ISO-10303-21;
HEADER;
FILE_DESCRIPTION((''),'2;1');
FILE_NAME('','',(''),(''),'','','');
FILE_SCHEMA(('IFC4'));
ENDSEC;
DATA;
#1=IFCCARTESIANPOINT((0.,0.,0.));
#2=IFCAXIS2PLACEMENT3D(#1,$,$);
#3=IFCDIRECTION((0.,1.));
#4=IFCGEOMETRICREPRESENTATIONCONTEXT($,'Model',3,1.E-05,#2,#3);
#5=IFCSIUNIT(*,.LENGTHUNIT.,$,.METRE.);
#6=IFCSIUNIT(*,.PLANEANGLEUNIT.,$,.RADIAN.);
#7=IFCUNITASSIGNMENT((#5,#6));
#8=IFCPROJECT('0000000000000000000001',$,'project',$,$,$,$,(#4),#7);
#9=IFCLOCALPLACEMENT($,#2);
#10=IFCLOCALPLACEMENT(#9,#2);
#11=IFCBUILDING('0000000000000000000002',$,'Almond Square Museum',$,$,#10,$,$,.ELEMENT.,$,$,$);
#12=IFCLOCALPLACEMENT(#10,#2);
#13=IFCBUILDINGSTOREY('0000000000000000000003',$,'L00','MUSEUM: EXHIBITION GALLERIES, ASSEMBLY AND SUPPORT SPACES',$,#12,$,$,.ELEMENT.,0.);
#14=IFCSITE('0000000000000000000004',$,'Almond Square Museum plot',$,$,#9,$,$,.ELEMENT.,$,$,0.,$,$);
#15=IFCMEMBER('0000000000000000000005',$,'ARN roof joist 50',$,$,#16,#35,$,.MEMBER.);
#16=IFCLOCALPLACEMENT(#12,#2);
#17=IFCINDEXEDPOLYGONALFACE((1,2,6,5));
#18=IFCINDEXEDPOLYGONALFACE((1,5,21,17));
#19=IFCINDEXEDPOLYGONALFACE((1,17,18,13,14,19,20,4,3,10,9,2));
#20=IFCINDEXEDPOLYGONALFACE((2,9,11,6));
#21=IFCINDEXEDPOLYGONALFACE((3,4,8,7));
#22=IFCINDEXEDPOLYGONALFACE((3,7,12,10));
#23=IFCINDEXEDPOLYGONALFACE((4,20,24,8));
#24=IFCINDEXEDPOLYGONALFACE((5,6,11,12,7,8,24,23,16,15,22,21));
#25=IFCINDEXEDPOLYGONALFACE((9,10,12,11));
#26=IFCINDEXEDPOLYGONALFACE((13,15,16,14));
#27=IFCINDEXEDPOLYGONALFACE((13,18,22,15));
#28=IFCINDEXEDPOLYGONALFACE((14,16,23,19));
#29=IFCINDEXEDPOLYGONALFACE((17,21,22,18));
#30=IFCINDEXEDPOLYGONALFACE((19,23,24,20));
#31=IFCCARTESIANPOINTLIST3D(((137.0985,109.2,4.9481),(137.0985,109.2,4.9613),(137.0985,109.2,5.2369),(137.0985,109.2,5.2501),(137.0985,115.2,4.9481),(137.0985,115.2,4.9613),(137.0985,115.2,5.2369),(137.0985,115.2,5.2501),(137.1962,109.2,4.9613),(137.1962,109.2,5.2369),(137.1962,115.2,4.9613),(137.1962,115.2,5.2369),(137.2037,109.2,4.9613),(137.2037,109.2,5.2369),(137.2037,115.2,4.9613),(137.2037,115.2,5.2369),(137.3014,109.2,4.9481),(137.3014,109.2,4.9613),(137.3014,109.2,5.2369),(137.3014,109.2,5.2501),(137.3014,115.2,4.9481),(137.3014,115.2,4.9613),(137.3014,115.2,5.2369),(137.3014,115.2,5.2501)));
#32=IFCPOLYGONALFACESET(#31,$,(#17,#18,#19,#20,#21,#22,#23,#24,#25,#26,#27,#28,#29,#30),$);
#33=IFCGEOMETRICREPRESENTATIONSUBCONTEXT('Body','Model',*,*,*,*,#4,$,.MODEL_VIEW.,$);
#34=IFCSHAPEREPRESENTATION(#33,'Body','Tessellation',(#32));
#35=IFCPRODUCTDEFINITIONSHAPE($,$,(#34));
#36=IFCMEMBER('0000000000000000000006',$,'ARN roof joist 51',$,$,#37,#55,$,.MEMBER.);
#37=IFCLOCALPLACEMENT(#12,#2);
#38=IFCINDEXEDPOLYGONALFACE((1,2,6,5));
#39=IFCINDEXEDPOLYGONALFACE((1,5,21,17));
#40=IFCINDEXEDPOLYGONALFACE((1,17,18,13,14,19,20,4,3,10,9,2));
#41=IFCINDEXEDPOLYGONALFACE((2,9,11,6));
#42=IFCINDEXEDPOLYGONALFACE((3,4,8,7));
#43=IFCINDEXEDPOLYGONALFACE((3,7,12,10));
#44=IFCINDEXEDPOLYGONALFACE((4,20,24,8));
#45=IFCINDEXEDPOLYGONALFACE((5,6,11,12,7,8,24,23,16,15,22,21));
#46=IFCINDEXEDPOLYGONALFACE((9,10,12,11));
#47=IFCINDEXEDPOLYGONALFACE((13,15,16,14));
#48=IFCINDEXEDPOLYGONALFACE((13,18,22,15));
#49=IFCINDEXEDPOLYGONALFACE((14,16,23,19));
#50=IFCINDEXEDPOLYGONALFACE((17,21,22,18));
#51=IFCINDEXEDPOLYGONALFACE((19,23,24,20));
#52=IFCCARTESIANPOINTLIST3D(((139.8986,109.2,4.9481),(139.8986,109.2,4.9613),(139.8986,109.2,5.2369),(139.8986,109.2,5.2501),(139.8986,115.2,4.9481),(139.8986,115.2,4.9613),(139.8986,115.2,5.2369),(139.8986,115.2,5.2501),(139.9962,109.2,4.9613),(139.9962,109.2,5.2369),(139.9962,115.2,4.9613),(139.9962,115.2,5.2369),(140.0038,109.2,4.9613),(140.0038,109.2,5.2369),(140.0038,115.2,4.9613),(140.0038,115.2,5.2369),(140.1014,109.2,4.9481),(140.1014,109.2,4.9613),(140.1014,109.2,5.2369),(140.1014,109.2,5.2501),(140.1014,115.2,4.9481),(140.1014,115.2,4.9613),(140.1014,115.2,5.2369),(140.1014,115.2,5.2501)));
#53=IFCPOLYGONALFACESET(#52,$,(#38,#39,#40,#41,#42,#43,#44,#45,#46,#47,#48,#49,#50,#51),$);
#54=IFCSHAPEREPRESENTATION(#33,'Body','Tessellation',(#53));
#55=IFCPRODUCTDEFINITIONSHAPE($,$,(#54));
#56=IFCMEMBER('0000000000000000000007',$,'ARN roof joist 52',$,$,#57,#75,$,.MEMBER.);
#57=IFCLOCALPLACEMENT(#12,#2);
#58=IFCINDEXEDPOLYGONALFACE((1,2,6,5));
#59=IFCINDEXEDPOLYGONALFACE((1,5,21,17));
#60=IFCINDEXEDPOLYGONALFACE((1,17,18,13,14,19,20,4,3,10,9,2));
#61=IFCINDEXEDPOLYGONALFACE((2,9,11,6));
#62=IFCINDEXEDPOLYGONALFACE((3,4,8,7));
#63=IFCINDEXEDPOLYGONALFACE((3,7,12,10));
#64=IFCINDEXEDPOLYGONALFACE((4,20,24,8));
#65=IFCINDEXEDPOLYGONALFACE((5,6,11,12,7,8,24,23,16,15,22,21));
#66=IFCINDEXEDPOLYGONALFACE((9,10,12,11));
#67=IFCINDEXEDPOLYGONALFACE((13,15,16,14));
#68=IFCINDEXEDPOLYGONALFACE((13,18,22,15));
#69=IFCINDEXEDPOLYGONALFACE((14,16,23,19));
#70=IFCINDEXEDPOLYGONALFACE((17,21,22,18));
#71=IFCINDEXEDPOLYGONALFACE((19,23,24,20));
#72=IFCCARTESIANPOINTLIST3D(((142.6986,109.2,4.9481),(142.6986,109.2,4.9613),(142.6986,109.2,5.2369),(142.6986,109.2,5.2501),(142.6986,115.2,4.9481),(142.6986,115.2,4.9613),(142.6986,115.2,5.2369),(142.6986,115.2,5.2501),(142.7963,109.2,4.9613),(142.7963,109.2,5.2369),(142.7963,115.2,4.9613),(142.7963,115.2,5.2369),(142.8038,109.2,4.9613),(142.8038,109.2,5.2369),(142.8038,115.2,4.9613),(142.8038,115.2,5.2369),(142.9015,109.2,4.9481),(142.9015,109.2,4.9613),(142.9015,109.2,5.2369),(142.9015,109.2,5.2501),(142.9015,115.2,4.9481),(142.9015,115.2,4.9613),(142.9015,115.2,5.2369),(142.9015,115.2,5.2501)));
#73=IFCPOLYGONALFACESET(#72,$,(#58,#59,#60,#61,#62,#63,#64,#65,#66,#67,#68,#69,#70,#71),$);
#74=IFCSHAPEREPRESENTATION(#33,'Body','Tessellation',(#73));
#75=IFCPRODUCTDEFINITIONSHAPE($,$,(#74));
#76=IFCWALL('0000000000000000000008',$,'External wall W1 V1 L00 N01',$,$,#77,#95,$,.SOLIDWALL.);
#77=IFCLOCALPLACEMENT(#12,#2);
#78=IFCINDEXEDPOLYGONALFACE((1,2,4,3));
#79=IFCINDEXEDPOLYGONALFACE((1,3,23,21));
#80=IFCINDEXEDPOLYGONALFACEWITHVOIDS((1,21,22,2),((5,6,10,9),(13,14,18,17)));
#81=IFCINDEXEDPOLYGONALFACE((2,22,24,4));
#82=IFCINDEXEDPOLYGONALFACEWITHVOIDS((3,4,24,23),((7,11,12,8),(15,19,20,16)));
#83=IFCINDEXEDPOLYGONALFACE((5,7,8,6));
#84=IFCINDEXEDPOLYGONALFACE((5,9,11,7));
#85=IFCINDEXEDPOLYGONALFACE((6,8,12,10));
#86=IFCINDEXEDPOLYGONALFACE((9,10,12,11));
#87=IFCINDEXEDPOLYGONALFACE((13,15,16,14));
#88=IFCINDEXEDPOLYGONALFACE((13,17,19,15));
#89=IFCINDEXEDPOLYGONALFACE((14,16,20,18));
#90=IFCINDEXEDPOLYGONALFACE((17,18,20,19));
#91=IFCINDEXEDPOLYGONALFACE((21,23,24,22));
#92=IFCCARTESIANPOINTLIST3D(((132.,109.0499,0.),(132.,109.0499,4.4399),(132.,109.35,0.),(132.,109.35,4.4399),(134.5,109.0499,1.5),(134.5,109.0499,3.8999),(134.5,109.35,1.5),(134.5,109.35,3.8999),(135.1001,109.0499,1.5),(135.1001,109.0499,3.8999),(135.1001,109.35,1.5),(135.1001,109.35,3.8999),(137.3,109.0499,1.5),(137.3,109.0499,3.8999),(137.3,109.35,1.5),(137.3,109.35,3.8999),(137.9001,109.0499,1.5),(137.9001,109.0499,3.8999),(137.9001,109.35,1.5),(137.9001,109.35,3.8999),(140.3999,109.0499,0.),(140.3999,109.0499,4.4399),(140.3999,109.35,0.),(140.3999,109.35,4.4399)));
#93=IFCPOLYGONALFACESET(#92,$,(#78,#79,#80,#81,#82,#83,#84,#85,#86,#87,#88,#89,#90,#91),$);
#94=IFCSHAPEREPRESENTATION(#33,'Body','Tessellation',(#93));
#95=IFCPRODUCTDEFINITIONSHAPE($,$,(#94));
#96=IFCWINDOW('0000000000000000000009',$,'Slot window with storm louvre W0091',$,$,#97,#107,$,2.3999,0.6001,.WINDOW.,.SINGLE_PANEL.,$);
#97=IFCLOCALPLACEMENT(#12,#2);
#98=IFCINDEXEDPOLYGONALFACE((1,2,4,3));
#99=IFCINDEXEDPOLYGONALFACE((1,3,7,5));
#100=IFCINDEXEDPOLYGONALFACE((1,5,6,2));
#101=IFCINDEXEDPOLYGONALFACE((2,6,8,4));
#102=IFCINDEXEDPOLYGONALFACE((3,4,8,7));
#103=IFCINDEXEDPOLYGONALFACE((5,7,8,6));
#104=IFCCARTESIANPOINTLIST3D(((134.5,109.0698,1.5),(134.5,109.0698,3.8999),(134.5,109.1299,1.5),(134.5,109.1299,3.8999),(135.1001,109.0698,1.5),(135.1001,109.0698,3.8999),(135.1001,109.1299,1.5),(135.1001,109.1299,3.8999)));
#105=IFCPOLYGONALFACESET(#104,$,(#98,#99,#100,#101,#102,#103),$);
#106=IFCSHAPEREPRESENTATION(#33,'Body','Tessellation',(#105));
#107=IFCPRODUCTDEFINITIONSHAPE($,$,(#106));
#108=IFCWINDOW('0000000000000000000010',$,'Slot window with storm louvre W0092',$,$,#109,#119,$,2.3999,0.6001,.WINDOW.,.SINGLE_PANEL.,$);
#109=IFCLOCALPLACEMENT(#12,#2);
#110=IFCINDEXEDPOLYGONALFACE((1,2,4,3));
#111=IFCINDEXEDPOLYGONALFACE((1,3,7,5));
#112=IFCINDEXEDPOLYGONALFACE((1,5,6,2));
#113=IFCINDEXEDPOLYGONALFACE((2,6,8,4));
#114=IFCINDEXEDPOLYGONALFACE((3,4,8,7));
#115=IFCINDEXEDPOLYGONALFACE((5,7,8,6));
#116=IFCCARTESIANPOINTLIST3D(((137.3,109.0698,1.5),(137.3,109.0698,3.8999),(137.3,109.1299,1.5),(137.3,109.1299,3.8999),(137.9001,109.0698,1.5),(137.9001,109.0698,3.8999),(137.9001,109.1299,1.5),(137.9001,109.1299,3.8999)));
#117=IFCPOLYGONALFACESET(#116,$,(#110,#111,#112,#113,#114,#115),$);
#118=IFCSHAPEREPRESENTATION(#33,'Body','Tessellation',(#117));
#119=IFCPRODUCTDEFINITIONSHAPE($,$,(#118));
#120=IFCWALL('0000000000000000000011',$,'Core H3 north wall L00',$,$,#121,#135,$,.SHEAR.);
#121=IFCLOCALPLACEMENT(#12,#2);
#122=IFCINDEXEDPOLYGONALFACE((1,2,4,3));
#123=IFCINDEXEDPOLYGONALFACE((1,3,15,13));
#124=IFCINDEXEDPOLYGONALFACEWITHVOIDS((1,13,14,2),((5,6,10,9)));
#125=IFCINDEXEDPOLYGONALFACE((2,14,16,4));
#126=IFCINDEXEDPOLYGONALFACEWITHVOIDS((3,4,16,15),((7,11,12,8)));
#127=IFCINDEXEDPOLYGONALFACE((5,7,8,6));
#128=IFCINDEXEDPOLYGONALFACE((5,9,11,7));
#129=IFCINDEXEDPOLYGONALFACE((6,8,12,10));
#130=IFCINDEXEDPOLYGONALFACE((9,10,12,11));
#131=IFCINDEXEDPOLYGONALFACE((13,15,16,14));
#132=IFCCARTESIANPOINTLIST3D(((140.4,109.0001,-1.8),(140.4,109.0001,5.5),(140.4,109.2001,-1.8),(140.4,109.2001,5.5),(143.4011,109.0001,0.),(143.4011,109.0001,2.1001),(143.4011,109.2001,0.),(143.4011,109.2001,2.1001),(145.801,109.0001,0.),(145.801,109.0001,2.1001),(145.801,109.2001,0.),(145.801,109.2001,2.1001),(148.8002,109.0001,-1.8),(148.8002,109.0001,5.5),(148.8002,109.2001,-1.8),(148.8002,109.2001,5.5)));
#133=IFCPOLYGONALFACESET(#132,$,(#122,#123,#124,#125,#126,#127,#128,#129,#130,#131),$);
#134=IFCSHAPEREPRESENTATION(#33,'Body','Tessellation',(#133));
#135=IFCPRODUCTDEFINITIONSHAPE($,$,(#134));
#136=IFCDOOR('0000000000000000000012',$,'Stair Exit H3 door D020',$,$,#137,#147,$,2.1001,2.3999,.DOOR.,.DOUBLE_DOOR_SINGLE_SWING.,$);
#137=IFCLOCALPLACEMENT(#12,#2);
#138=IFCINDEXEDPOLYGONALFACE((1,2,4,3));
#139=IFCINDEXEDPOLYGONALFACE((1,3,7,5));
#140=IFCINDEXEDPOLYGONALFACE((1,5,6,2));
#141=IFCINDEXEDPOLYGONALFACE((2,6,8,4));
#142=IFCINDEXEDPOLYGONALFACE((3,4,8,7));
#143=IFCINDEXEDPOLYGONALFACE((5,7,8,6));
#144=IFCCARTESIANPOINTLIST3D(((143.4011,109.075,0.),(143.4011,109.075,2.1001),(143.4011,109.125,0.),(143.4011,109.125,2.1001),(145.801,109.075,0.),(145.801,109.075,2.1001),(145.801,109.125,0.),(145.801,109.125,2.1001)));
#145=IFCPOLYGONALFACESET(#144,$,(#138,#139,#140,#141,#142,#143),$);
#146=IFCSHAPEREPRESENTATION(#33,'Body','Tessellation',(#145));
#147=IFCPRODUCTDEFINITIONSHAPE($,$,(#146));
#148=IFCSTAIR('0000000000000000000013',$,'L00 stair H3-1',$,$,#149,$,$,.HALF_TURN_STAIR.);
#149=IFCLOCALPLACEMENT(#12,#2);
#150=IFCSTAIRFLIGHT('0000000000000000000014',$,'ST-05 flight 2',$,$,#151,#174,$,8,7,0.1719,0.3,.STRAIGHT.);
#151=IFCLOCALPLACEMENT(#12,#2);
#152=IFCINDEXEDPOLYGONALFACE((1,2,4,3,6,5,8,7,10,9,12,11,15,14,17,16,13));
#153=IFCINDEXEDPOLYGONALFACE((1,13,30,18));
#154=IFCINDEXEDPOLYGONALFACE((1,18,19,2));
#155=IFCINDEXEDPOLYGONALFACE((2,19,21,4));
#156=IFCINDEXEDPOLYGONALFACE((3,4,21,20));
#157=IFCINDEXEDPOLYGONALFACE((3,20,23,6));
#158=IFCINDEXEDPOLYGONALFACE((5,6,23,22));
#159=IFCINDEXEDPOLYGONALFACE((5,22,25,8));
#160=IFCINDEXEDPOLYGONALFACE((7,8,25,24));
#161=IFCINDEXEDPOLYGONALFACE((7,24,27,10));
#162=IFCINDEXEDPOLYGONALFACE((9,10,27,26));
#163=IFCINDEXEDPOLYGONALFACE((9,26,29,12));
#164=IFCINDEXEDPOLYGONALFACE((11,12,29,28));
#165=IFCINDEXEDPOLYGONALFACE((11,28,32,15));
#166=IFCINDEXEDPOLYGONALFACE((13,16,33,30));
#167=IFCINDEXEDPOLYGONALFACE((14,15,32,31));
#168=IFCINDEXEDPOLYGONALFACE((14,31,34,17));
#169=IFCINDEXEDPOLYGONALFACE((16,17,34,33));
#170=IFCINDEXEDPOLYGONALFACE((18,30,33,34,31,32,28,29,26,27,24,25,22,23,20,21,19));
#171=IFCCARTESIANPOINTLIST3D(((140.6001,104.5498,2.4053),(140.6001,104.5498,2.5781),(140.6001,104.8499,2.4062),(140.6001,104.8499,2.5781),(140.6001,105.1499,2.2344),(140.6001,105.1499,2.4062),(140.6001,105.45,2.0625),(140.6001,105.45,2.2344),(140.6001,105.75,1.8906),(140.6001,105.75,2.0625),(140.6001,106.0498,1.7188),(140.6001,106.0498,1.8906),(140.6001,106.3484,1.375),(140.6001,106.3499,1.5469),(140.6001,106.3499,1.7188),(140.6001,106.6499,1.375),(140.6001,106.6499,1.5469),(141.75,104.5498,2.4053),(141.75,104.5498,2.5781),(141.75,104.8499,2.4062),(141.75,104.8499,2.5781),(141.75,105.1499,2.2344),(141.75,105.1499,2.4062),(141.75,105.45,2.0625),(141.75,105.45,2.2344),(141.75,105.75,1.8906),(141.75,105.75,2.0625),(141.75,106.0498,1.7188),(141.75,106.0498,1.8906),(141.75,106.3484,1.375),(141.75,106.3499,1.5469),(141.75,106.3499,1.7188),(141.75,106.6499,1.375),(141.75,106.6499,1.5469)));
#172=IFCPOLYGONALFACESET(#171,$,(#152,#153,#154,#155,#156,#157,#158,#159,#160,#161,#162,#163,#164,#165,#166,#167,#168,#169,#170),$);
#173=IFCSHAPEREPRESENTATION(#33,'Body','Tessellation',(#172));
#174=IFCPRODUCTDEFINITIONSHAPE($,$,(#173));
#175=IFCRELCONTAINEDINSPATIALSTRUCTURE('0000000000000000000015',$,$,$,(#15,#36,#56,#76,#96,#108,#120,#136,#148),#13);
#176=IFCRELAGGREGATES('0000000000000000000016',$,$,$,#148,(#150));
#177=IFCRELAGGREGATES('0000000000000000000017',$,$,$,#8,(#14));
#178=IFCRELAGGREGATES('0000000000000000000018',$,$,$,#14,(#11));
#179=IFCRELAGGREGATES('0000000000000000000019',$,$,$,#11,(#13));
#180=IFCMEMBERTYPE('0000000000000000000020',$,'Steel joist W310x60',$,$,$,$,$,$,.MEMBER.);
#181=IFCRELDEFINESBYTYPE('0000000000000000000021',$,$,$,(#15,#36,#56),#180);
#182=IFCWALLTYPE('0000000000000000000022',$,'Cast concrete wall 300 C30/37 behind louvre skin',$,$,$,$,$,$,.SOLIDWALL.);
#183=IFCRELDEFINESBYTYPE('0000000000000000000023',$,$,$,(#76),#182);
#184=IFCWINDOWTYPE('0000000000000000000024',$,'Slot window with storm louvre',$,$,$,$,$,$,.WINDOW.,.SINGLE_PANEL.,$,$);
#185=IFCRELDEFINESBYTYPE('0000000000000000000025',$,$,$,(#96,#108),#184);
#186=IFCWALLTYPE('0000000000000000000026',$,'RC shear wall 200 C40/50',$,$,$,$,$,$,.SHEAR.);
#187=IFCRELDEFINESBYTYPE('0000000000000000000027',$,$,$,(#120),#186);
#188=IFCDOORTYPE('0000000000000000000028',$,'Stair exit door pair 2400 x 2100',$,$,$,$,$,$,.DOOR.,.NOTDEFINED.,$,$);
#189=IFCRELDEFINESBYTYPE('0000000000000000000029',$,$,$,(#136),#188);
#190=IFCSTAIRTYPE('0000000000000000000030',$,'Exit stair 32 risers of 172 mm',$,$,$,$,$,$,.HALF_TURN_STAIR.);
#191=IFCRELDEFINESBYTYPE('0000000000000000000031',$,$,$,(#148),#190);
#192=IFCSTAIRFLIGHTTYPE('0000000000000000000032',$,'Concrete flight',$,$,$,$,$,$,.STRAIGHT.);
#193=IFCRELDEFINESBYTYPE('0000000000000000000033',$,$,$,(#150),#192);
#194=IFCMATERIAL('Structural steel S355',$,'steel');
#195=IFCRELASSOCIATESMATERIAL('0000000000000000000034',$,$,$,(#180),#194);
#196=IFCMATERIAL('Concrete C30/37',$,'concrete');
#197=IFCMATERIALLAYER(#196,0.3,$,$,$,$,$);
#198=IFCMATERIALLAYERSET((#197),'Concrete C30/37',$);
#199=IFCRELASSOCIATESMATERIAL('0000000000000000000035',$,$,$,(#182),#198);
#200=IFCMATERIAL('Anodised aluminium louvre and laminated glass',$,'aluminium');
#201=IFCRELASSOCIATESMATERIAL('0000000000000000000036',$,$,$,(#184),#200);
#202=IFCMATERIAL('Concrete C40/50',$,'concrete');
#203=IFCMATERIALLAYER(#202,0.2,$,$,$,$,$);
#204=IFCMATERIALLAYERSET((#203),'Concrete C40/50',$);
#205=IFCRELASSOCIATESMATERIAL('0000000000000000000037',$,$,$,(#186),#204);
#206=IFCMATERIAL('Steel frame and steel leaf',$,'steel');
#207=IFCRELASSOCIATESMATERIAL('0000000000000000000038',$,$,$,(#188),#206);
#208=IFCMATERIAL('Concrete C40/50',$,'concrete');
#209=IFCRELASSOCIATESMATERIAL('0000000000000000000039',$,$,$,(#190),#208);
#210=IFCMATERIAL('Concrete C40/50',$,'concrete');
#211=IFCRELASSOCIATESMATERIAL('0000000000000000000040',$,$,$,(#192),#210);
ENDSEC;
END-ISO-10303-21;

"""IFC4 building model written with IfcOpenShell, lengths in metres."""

from ifc_helpers import new_model, si_unit, direction, frame, frame_2d, origin, origin_2d, place, context, subcontext, project, spatial, polyline, rectangle, i_section, outline, extrude, material, layer, layer_set, material_profile, profile_set, type_object, element, fill, aggregate, save


model = new_model("IFC4")

# Units and contexts
model_context = context("Model", 3, precision=1e-05, world=origin(), true_north=direction((0.0, 1.0)))
body_context = subcontext(model_context, "Body", "Model", "MODEL_VIEW")
ifc_project = project(units=[si_unit("LENGTHUNIT", "METRE"), si_unit("PLANEANGLEUNIT", "RADIAN")], contexts=[model_context])

# Site, building, storey
site_placement = place(None, origin())
site = spatial("IfcSite", under=ifc_project, at=site_placement, Name="Almond Square Museum plot", CompositionType="ELEMENT", RefElevation=0.0)
building_placement = place(site_placement, origin())
building = spatial("IfcBuilding", under=site, at=building_placement, Name="Almond Square Museum", CompositionType="ELEMENT")
storey_placement = place(building_placement, origin())
storey = spatial("IfcBuildingStorey", under=building, at=storey_placement, Name="L00", Description="MUSEUM: EXHIBITION GALLERIES, ASSEMBLY AND SUPPORT SPACES", CompositionType="ELEMENT", Elevation=0.0)

# Members
ifc_material_1 = material(Name="Structural steel S355", Category="steel")
ifc_material_profile_1 = material_profile(ifc_material_1, i_section(OverallWidth=0.2029, OverallDepth=0.302, WebThickness=0.0076, FlangeThickness=0.0132, at=origin_2d()))
ifc_profile_set_1 = profile_set([ifc_material_profile_1], Name="Structural steel S355")
member_type = type_object("IfcMemberType", Name="Steel joist W310x60", PredefinedType="MEMBER", material=ifc_profile_set_1)
for number, where, z_axis, x_axis, name in (
    (1, (137.2, 109.2, 5.0991), (0.0, 1.0, 0.0), (-1.0, 0.0, 0.0), "ARN roof joist 50"),
    (2, (140.0, 109.2, 5.0991), (0.0, 1.0, 0.0), (-1.0, 0.0, 0.0), "ARN roof joist 51"),
    (3, (142.8, 109.2, 5.0991), (0.0, 1.0, 0.0), (-1.0, 0.0, 0.0), "ARN roof joist 52"),
):
    element("IfcMember", number, at=place(storey_placement, frame(where, z_axis=z_axis, x_axis=x_axis)), inside=storey, type_object=member_type, Name=name, PredefinedType="MEMBER", context=body_context, shape_type="SweptSolid", body=[
        extrude(i_section(OverallWidth=0.2029, OverallDepth=0.302, WebThickness=0.0076, FlangeThickness=0.0132, at=origin_2d()), origin(), (0.0, 0.0, 1.0), 6.0),
    ])

# Wall, openings, windows
ifc_material_2 = material(Name="Concrete C30/37", Category="concrete")
ifc_layer_1 = layer(ifc_material_2, 0.3)
ifc_layer_set_1 = layer_set([ifc_layer_1], Name="Concrete C30/37")
wall_type_1 = type_object("IfcWallType", Name="Cast concrete wall 300 C30/37 behind louvre skin", PredefinedType="SOLIDWALL", material=ifc_layer_set_1)
wall_1_placement = place(storey_placement, frame((132.0, 109.2, 0.0), z_axis=(0.0, 0.0, 1.0), x_axis=(1.0, 0.0, 0.0)))
wall_1 = element("IfcWall", 4, at=wall_1_placement, inside=storey, type_object=wall_type_1, Name="External wall W1 V1 L00 N01", PredefinedType="SOLIDWALL", context=body_context, shape_type="SweptSolid", body=[
    extrude(rectangle(XDim=8.3999, YDim=0.3, at=frame_2d((4.2, 0.0))), origin(), (0.0, 0.0, 1.0), 4.4399),
])
opening_1_placement = place(wall_1_placement, frame((2.5, 0.0, 1.5)))
opening_1 = element("IfcOpeningElement", 5, at=opening_1_placement, cuts=wall_1, PredefinedType="OPENING", context=body_context, shape_type="SweptSolid", body=[
    extrude(rectangle(XDim=0.6001, YDim=2.3999, at=frame_2d((0.3, 1.2))), frame((0.0, 0.1599, 0.0), z_axis=(0.0, -1.0, 0.0), x_axis=(1.0, 0.0, 0.0)), (0.0, 0.0, 1.0), 0.3201),
])
opening_2_placement = place(wall_1_placement, frame((5.3, 0.0, 1.5)))
opening_2 = element("IfcOpeningElement", 6, at=opening_2_placement, cuts=wall_1, PredefinedType="OPENING", context=body_context, shape_type="SweptSolid", body=[
    extrude(rectangle(XDim=0.6001, YDim=2.3999, at=frame_2d((0.3, 1.2))), frame((0.0, 0.1599, 0.0), z_axis=(0.0, -1.0, 0.0), x_axis=(1.0, 0.0, 0.0)), (0.0, 0.0, 1.0), 0.3201),
])
ifc_material_3 = material(Name="Anodised aluminium louvre and laminated glass", Category="aluminium")
window_type = type_object("IfcWindowType", Name="Slot window with storm louvre", PartitioningType="SINGLE_PANEL", PredefinedType="WINDOW", material=ifc_material_3)
window_1_placement = place(opening_1_placement, origin())
window_1 = element("IfcWindow", 7, at=window_1_placement, inside=storey, type_object=window_type, Name="Slot window with storm louvre W0091", OverallHeight=2.3999, OverallWidth=0.6001, PartitioningType="SINGLE_PANEL", PredefinedType="WINDOW", context=body_context, shape_type="SweptSolid", body=[
    extrude(rectangle(XDim=0.6001, YDim=2.3999, at=frame_2d((0.3, 1.2))), frame((0.0, -0.0701, 0.0), z_axis=(0.0, -1.0, 0.0), x_axis=(1.0, 0.0, 0.0)), (0.0, 0.0, 1.0), 0.0601),
])
fill(opening_1, window_1)
window_2_placement = place(opening_2_placement, origin())
window_2 = element("IfcWindow", 8, at=window_2_placement, inside=storey, type_object=window_type, Name="Slot window with storm louvre W0092", OverallHeight=2.3999, OverallWidth=0.6001, PartitioningType="SINGLE_PANEL", PredefinedType="WINDOW", context=body_context, shape_type="SweptSolid", body=[
    extrude(rectangle(XDim=0.6001, YDim=2.3999, at=frame_2d((0.3, 1.2))), frame((0.0, -0.0701, 0.0), z_axis=(0.0, -1.0, 0.0), x_axis=(1.0, 0.0, 0.0)), (0.0, 0.0, 1.0), 0.0601),
])
fill(opening_2, window_2)

# Wall, opening, door
ifc_material_4 = material(Name="Concrete C40/50", Category="concrete")
ifc_layer_2 = layer(ifc_material_4, 0.2)
ifc_layer_set_2 = layer_set([ifc_layer_2], Name="Concrete C40/50")
wall_type_2 = type_object("IfcWallType", Name="RC shear wall 200 C40/50", PredefinedType="SHEAR", material=ifc_layer_set_2)
wall_2_placement = place(storey_placement, frame((140.3999, 109.1001, -1.8), z_axis=(0.0, 0.0, 1.0), x_axis=(1.0, 0.0, 0.0)))
wall_2 = element("IfcWall", 9, at=wall_2_placement, inside=storey, type_object=wall_type_2, Name="Core H3 north wall L00", PredefinedType="SHEAR", context=body_context, shape_type="SweptSolid", body=[
    extrude(rectangle(XDim=8.4001, YDim=0.2, at=frame_2d((4.2002, 0.0))), origin(), (0.0, 0.0, 1.0), 7.3),
])
opening_3_placement = place(wall_2_placement, frame((3.0012, 0.0, 1.8)))
opening_3 = element("IfcOpeningElement", 10, at=opening_3_placement, cuts=wall_2, PredefinedType="OPENING", context=body_context, shape_type="SweptSolid", body=[
    extrude(rectangle(XDim=2.3999, YDim=2.1001, at=frame_2d((1.2, 1.05))), frame((0.0, 0.1099, 0.0), z_axis=(0.0, -1.0, 0.0), x_axis=(1.0, 0.0, 0.0)), (0.0, 0.0, 1.0), 0.22),
])
ifc_material_5 = material(Name="Steel frame and steel leaf", Category="steel")
door_type = type_object("IfcDoorType", Name="Stair exit door pair 2400 x 2100", OperationType="NOTDEFINED", PredefinedType="DOOR", material=ifc_material_5)
door_placement = place(opening_3_placement, origin())
door = element("IfcDoor", 11, at=door_placement, inside=storey, type_object=door_type, Name="Stair Exit H3 door D020", OperationType="DOUBLE_DOOR_SINGLE_SWING", OverallHeight=2.1001, OverallWidth=2.3999, PredefinedType="DOOR", context=body_context, shape_type="SweptSolid", body=[
    extrude(rectangle(XDim=2.3999, YDim=2.1001, at=frame_2d((1.2, 1.05))), frame((0.0, 0.0249, 0.0), z_axis=(0.0, -1.0, 0.0), x_axis=(1.0, 0.0, 0.0)), (0.0, 0.0, 1.0), 0.05),
])
fill(opening_3, door)

# Stair, stair flight
ifc_material_6 = material(Name="Concrete C40/50", Category="concrete")
stair_type = type_object("IfcStairType", Name="Exit stair 32 risers of 172 mm", PredefinedType="HALF_TURN_STAIR", material=ifc_material_6)
stair_placement = place(storey_placement, origin())
stair = element("IfcStair", 12, at=stair_placement, inside=storey, type_object=stair_type, Name="L00 stair H3-1", PredefinedType="HALF_TURN_STAIR")
ifc_material_7 = material(Name="Concrete C40/50", Category="concrete")
stair_flight_type = type_object("IfcStairFlightType", Name="Concrete flight", PredefinedType="STRAIGHT", material=ifc_material_7)
stair_flight_1_placement = place(storey_placement, frame((141.175, 106.6499, 1.375), z_axis=(0.0, 0.0, 1.0), x_axis=(0.0, -1.0, 0.0)))
stair_flight_1 = element("IfcStairFlight", 13, at=stair_flight_1_placement, type_object=stair_flight_type, Name="ST-05 flight 2", NumberOfRisers=8, NumberOfTreads=7, PredefinedType="STRAIGHT", RiserHeight=0.1719, TreadLength=0.3, context=body_context, shape_type="SweptSolid", body=[
    extrude(outline(polyline([(0.0, 0.0), (0.0, 0.1719), (0.3, 0.1719), (0.3, 0.3438), (0.6001, 0.3438), (0.6001, 0.5156), (0.8999, 0.5156), (0.8999, 0.6875), (1.2, 0.6875), (1.2, 0.8594), (1.5, 0.8594), (1.5, 1.0312), (1.8, 1.0312), (1.8, 1.2031), (2.1001, 1.2031), (2.1001, 1.375), (2.1001, 1.0303), (0.3015, 0.0), (0.0, 0.0)])), frame((0.0, 0.575, 0.0), z_axis=(0.0, -1.0, 0.0), x_axis=(1.0, 0.0, 0.0)), (0.0, 0.0, 1.0), 1.1499),
])
aggregate(stair, [stair_flight_1])

save(model, "model.ifc")
